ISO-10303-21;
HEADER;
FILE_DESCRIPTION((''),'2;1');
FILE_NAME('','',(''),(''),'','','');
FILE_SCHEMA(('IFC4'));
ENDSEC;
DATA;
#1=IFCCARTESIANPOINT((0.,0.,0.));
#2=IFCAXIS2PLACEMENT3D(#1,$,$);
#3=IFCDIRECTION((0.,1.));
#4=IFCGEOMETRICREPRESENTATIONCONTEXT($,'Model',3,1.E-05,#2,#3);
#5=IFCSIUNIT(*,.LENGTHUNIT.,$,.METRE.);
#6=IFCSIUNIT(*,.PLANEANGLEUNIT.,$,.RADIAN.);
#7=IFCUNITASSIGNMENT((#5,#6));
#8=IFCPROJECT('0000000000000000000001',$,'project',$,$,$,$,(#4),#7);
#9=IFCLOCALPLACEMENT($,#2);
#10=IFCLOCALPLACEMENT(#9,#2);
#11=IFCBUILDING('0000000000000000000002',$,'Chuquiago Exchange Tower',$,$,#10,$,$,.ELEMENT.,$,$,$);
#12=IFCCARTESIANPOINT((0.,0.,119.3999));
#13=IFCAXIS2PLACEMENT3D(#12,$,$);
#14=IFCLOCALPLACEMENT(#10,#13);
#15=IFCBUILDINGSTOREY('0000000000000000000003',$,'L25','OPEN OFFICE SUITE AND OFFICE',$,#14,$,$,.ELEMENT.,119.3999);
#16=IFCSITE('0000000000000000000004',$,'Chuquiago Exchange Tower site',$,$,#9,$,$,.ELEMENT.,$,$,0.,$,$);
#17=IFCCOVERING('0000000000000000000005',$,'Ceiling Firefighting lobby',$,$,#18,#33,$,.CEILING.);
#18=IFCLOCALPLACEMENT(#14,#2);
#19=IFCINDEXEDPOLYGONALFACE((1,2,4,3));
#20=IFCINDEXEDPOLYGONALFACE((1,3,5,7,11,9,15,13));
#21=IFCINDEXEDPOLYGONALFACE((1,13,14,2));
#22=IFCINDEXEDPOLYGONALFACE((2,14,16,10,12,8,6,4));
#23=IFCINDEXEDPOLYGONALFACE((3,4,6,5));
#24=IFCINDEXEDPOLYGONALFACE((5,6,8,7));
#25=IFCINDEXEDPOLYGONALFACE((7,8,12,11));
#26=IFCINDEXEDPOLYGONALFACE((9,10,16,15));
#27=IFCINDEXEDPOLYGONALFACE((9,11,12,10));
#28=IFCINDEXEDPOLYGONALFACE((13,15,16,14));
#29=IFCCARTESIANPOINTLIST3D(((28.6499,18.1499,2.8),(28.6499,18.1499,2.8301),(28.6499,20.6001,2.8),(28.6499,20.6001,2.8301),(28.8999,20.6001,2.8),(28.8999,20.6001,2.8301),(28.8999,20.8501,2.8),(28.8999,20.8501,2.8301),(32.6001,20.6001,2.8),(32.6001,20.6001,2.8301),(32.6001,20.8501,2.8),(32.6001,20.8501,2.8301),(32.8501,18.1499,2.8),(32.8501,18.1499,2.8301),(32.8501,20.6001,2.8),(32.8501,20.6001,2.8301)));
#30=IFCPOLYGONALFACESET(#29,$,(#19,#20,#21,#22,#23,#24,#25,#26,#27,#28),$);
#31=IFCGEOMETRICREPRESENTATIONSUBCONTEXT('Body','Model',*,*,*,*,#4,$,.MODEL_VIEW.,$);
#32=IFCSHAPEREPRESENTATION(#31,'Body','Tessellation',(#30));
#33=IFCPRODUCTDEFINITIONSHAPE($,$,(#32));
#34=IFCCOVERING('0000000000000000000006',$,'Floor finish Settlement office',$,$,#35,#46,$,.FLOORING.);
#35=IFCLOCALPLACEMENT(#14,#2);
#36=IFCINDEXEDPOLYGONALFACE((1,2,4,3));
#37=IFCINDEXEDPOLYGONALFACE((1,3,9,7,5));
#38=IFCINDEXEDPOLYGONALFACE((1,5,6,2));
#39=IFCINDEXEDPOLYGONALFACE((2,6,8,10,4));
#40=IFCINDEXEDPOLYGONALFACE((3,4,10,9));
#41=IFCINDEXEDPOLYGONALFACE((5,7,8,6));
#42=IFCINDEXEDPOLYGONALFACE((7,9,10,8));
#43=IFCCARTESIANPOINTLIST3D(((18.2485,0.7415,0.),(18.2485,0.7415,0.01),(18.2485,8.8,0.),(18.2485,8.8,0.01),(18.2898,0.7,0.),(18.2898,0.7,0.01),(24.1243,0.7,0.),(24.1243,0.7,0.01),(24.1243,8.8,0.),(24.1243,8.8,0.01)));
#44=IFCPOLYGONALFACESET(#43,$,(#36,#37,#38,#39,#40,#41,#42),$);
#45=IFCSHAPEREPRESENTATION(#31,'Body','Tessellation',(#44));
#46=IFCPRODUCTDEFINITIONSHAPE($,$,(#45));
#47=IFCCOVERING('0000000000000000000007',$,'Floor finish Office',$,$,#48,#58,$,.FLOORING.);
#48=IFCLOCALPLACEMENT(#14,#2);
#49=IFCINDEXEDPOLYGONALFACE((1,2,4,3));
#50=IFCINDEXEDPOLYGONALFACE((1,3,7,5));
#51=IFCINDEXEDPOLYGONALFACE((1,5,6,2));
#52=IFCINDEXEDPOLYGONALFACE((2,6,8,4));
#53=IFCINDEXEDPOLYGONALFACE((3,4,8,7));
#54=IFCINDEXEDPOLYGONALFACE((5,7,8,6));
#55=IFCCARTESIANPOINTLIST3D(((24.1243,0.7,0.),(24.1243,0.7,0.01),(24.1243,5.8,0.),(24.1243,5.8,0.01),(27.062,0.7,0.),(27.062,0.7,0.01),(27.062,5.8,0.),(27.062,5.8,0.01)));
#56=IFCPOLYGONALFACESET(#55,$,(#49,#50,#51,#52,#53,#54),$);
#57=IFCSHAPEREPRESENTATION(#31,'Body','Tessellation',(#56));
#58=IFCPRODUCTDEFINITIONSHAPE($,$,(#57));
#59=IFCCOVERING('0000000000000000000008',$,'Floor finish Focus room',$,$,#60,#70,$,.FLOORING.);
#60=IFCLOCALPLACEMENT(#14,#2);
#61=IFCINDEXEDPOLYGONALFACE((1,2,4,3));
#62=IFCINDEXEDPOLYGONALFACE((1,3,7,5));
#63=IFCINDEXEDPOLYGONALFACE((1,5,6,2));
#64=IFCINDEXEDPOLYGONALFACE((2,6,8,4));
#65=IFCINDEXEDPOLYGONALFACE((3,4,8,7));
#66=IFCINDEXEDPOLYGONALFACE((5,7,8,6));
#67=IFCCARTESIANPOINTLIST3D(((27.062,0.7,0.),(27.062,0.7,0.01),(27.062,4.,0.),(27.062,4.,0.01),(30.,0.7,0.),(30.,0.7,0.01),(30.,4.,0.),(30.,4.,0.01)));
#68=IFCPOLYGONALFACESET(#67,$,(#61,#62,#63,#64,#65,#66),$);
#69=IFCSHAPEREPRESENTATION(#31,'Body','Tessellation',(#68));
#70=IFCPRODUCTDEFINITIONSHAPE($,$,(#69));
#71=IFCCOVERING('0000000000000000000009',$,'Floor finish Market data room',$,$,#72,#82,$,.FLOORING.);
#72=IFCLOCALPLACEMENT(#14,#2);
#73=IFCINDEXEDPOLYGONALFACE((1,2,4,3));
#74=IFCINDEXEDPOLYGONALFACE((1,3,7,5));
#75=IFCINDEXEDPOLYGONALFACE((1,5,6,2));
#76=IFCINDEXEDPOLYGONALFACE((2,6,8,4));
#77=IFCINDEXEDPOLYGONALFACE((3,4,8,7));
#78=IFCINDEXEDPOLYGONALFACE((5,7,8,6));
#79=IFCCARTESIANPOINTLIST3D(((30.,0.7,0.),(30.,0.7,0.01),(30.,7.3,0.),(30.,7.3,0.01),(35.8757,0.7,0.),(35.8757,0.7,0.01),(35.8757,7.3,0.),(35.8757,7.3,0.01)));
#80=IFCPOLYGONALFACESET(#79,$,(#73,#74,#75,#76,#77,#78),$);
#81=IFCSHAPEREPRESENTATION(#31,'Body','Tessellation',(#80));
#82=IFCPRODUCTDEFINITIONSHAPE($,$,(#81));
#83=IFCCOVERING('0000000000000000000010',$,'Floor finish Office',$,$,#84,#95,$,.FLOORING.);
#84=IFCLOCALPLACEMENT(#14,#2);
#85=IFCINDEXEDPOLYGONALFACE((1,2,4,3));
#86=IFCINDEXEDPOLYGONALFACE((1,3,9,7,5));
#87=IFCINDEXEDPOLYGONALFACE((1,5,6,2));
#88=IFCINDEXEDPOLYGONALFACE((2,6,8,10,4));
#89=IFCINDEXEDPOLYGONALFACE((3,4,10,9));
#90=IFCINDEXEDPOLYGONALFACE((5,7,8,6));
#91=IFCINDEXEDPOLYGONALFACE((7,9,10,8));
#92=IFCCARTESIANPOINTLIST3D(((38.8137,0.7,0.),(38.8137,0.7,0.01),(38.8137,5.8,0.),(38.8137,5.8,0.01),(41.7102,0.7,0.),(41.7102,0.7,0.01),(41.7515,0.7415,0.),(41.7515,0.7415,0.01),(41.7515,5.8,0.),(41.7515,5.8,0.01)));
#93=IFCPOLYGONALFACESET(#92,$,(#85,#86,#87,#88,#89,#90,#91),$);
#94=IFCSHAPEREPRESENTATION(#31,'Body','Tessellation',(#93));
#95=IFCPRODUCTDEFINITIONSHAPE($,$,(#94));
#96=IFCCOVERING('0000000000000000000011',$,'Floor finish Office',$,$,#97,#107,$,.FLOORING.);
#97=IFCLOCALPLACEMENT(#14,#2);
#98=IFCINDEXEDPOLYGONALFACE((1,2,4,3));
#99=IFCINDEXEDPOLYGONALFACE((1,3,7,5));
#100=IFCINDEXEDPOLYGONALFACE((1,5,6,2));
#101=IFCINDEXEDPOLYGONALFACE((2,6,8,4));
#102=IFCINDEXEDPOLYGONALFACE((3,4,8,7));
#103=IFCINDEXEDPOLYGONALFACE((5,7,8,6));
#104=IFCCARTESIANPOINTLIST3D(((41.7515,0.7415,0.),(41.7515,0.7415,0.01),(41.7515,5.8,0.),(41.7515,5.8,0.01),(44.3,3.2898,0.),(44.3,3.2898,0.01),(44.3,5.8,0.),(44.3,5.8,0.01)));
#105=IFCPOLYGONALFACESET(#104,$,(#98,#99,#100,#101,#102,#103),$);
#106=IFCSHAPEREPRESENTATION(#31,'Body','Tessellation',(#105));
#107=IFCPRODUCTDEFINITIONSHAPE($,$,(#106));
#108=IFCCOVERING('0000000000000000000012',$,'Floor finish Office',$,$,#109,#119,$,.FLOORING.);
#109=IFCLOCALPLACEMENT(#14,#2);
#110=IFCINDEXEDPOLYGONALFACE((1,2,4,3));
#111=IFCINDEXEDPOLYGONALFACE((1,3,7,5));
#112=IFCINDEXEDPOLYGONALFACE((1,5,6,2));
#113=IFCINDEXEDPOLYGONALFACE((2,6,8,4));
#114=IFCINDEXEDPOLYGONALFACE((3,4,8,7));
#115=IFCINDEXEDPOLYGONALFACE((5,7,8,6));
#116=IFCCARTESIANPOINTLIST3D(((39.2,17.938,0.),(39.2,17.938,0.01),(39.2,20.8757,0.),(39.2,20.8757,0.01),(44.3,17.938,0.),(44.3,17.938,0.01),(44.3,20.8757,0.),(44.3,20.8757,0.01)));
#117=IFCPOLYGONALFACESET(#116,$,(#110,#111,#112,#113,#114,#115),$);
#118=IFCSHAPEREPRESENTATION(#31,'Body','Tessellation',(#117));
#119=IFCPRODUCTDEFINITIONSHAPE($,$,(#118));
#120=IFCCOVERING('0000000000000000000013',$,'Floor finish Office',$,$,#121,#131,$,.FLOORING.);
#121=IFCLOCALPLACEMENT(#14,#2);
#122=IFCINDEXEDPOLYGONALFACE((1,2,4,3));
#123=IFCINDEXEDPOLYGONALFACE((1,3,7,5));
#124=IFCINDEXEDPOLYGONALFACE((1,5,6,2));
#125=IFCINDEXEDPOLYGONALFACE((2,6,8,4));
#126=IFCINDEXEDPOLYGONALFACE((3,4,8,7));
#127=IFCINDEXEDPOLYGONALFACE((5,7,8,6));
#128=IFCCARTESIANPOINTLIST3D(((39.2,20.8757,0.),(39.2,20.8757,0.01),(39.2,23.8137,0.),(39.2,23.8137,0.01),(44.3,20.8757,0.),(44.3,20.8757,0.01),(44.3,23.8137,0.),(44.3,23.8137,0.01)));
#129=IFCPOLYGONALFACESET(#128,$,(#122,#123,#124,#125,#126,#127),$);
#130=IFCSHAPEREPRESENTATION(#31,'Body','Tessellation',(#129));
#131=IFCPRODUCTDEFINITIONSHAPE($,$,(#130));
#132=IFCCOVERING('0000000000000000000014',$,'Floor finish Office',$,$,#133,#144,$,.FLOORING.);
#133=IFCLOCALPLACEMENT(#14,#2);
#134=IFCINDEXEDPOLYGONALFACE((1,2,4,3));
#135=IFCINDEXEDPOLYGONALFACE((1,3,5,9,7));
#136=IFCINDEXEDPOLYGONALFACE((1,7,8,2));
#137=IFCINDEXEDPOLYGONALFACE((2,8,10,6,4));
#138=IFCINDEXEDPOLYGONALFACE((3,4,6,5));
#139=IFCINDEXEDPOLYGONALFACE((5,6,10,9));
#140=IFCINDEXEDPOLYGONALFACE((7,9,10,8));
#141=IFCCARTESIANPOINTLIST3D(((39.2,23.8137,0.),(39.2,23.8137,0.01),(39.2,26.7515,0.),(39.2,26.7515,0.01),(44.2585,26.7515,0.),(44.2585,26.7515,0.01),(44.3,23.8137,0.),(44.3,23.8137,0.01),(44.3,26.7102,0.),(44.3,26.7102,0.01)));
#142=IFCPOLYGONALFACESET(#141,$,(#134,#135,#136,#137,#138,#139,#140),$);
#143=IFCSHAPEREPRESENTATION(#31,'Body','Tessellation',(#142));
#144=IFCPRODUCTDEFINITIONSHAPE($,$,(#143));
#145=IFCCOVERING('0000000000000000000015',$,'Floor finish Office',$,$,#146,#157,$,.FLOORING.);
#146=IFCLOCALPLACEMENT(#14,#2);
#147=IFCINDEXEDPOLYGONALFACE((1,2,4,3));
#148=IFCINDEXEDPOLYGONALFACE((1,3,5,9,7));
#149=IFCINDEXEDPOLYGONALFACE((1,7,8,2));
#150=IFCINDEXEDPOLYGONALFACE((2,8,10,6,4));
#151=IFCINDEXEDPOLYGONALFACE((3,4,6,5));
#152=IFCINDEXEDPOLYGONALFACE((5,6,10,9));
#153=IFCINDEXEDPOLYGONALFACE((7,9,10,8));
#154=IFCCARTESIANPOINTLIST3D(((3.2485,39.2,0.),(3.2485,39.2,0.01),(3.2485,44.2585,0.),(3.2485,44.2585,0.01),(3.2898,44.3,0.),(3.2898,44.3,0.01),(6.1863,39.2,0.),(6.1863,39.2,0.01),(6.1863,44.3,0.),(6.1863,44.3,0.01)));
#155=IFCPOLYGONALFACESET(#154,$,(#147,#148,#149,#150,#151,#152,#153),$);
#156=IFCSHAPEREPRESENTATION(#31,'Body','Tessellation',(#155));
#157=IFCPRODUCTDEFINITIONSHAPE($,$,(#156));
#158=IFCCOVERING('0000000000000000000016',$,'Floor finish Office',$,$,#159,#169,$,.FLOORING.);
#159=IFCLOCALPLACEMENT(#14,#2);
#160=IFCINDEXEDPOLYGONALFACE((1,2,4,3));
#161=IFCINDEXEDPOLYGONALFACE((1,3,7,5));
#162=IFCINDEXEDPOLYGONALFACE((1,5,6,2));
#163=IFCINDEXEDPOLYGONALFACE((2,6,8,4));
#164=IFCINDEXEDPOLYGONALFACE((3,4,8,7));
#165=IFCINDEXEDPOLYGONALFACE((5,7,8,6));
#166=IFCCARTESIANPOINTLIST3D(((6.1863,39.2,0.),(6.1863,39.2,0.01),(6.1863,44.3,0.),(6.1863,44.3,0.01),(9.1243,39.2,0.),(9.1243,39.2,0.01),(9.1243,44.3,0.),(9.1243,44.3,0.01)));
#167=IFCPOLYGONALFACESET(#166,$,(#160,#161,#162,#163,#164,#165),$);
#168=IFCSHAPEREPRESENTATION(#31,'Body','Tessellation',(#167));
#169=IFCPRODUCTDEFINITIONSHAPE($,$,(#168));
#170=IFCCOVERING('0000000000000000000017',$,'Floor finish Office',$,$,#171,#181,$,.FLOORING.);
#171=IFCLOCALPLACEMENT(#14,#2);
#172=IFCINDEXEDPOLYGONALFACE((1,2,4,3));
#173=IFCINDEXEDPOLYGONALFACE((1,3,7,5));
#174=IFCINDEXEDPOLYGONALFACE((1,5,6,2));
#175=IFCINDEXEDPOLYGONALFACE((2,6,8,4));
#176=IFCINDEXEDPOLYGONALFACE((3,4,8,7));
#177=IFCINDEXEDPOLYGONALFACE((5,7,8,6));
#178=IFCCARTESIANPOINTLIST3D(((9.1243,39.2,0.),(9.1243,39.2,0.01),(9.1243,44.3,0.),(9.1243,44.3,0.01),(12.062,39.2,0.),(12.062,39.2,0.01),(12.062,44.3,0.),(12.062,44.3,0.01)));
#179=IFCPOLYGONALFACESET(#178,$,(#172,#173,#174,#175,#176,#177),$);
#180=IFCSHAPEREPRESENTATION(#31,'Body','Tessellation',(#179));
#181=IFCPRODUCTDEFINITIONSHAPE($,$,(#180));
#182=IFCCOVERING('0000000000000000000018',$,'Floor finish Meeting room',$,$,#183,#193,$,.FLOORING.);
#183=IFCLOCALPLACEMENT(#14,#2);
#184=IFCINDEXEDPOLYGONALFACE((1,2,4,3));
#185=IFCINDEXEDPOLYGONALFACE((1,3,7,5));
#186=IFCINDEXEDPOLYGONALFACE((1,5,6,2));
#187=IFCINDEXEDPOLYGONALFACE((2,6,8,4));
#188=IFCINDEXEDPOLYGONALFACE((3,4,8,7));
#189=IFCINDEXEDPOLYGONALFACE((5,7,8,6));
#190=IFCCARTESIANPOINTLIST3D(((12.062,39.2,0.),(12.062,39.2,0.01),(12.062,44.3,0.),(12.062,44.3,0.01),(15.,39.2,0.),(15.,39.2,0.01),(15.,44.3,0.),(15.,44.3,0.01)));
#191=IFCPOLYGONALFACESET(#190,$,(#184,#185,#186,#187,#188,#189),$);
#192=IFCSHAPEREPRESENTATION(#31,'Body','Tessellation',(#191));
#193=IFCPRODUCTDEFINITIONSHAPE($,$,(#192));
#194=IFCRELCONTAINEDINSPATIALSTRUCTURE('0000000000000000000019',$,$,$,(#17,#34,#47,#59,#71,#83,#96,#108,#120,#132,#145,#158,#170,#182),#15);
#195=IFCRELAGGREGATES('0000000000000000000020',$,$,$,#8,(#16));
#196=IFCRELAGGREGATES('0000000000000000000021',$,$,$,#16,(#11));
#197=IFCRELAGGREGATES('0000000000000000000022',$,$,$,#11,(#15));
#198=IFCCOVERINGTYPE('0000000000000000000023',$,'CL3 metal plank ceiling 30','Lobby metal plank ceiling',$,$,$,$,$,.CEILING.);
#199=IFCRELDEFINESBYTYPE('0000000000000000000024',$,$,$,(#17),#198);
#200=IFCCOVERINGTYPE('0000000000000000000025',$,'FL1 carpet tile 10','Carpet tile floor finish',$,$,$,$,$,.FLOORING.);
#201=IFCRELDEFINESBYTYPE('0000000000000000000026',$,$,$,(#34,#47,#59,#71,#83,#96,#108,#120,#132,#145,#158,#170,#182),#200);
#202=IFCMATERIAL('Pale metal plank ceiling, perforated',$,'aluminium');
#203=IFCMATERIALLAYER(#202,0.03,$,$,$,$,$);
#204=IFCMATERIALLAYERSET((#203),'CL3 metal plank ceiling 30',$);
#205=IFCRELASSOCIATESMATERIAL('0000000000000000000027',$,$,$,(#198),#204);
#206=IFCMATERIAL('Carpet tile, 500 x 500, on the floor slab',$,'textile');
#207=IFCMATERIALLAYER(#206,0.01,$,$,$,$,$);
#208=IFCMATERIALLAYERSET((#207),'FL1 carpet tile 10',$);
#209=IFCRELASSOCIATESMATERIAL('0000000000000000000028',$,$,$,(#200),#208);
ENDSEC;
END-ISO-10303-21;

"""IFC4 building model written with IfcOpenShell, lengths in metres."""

from ifc_helpers import new_model, si_unit, direction, frame, origin, place, context, subcontext, project, spatial, polyline, outline, extrude, material, layer, layer_set, type_object, element, save


model = new_model("IFC4")

# Units and contexts
model_context = context("Model", 3, precision=1e-05, world=origin(), true_north=direction((0.0, 1.0)))
body_context = subcontext(model_context, "Body", "Model", "MODEL_VIEW")
ifc_project = project(units=[si_unit("LENGTHUNIT", "METRE"), si_unit("PLANEANGLEUNIT", "RADIAN")], contexts=[model_context])

# Site, building, storey
site_placement = place(None, origin())
site = spatial("IfcSite", under=ifc_project, at=site_placement, Name="Chuquiago Exchange Tower site", CompositionType="ELEMENT", RefElevation=0.0)
building_placement = place(site_placement, origin())
building = spatial("IfcBuilding", under=site, at=building_placement, Name="Chuquiago Exchange Tower", CompositionType="ELEMENT")
storey_placement = place(building_placement, frame((0.0, 0.0, 119.3999)))
storey = spatial("IfcBuildingStorey", under=building, at=storey_placement, Name="L25", Description="OPEN OFFICE SUITE AND OFFICE", CompositionType="ELEMENT", Elevation=119.3999)

# Coverings
ifc_material_1 = material(Name="Pale metal plank ceiling, perforated", Category="aluminium")
ifc_layer_1 = layer(ifc_material_1, 0.03)
ifc_layer_set_1 = layer_set([ifc_layer_1], Name="CL3 metal plank ceiling 30")
covering_type_1 = type_object("IfcCoveringType", Name="CL3 metal plank ceiling 30", Description="Lobby metal plank ceiling", PredefinedType="CEILING", material=ifc_layer_set_1)
covering_1_placement = place(storey_placement, frame((0.0, 0.0, 2.8)))
element("IfcCovering", 1, at=covering_1_placement, inside=storey, type_object=covering_type_1, Name="Ceiling Firefighting lobby", PredefinedType="CEILING", context=body_context, shape_type="SweptSolid", body=[
    extrude(outline(polyline([(28.6499, 18.1499), (28.6499, 20.6001), (28.8999, 20.6001), (28.8999, 20.8501), (32.6001, 20.8501), (32.6001, 20.6001), (32.8501, 20.6001), (32.8501, 18.1499), (28.6499, 18.1499)])), origin(), (0.0, 0.0, 1.0), 0.03),
])
ifc_material_2 = material(Name="Carpet tile, 500 x 500, on the floor slab", Category="textile")
ifc_layer_2 = layer(ifc_material_2, 0.01)
ifc_layer_set_2 = layer_set([ifc_layer_2], Name="FL1 carpet tile 10")
covering_type_2 = type_object("IfcCoveringType", Name="FL1 carpet tile 10", Description="Carpet tile floor finish", PredefinedType="FLOORING", material=ifc_layer_set_2)
covering_2_placement = place(storey_placement, origin())
element("IfcCovering", 2, at=covering_2_placement, inside=storey, type_object=covering_type_2, Name="Floor finish Settlement office", PredefinedType="FLOORING", context=body_context, shape_type="SweptSolid", body=[
    extrude(outline(polyline([(18.2898, 0.7), (18.2485, 0.7415), (18.2485, 8.8), (24.1243, 8.8), (24.1243, 0.7), (18.2898, 0.7)])), origin(), (0.0, 0.0, 1.0), 0.01),
])
covering_3_placement = place(storey_placement, origin())
element("IfcCovering", 3, at=covering_3_placement, inside=storey, type_object=covering_type_2, Name="Floor finish Office", PredefinedType="FLOORING", context=body_context, shape_type="SweptSolid", body=[
    extrude(outline(polyline([(24.1243, 0.7), (24.1243, 5.8), (27.062, 5.8), (27.062, 0.7), (24.1243, 0.7)])), origin(), (0.0, 0.0, 1.0), 0.01),
])
covering_4_placement = place(storey_placement, origin())
element("IfcCovering", 4, at=covering_4_placement, inside=storey, type_object=covering_type_2, Name="Floor finish Focus room", PredefinedType="FLOORING", context=body_context, shape_type="SweptSolid", body=[
    extrude(outline(polyline([(27.062, 0.7), (27.062, 4.0), (30.0, 4.0), (30.0, 0.7), (27.062, 0.7)])), origin(), (0.0, 0.0, 1.0), 0.01),
])
covering_5_placement = place(storey_placement, origin())
element("IfcCovering", 5, at=covering_5_placement, inside=storey, type_object=covering_type_2, Name="Floor finish Market data room", PredefinedType="FLOORING", context=body_context, shape_type="SweptSolid", body=[
    extrude(outline(polyline([(30.0, 0.7), (30.0, 7.3), (35.8757, 7.3), (35.8757, 0.7), (30.0, 0.7)])), origin(), (0.0, 0.0, 1.0), 0.01),
])
covering_6_placement = place(storey_placement, origin())
element("IfcCovering", 6, at=covering_6_placement, inside=storey, type_object=covering_type_2, Name="Floor finish Office", PredefinedType="FLOORING", context=body_context, shape_type="SweptSolid", body=[
    extrude(outline(polyline([(41.7102, 0.7), (38.8137, 0.7), (38.8137, 5.8), (41.7515, 5.8), (41.7515, 0.7415), (41.7102, 0.7)])), origin(), (0.0, 0.0, 1.0), 0.01),
])
covering_7_placement = place(storey_placement, origin())
element("IfcCovering", 7, at=covering_7_placement, inside=storey, type_object=covering_type_2, Name="Floor finish Office", PredefinedType="FLOORING", context=body_context, shape_type="SweptSolid", body=[
    extrude(outline(polyline([(44.3, 3.2898), (41.7515, 0.7415), (41.7515, 5.8), (44.3, 5.8), (44.3, 3.2898)])), origin(), (0.0, 0.0, 1.0), 0.01),
])
covering_8_placement = place(storey_placement, origin())
element("IfcCovering", 8, at=covering_8_placement, inside=storey, type_object=covering_type_2, Name="Floor finish Office", PredefinedType="FLOORING", context=body_context, shape_type="SweptSolid", body=[
    extrude(outline(polyline([(44.3, 17.938), (39.2, 17.938), (39.2, 20.8757), (44.3, 20.8757), (44.3, 17.938)])), origin(), (0.0, 0.0, 1.0), 0.01),
])
covering_9_placement = place(storey_placement, origin())
element("IfcCovering", 9, at=covering_9_placement, inside=storey, type_object=covering_type_2, Name="Floor finish Office", PredefinedType="FLOORING", context=body_context, shape_type="SweptSolid", body=[
    extrude(outline(polyline([(44.3, 20.8757), (39.2, 20.8757), (39.2, 23.8137), (44.3, 23.8137), (44.3, 20.8757)])), origin(), (0.0, 0.0, 1.0), 0.01),
])
covering_10_placement = place(storey_placement, origin())
element("IfcCovering", 10, at=covering_10_placement, inside=storey, type_object=covering_type_2, Name="Floor finish Office", PredefinedType="FLOORING", context=body_context, shape_type="SweptSolid", body=[
    extrude(outline(polyline([(44.3, 26.7102), (44.3, 23.8137), (39.2, 23.8137), (39.2, 26.7515), (44.2585, 26.7515), (44.3, 26.7102)])), origin(), (0.0, 0.0, 1.0), 0.01),
])
covering_11_placement = place(storey_placement, origin())
element("IfcCovering", 11, at=covering_11_placement, inside=storey, type_object=covering_type_2, Name="Floor finish Office", PredefinedType="FLOORING", context=body_context, shape_type="SweptSolid", body=[
    extrude(outline(polyline([(3.2898, 44.3), (6.1863, 44.3), (6.1863, 39.2), (3.2485, 39.2), (3.2485, 44.2585), (3.2898, 44.3)])), origin(), (0.0, 0.0, 1.0), 0.01),
])
covering_12_placement = place(storey_placement, origin())
element("IfcCovering", 12, at=covering_12_placement, inside=storey, type_object=covering_type_2, Name="Floor finish Office", PredefinedType="FLOORING", context=body_context, shape_type="SweptSolid", body=[
    extrude(outline(polyline([(9.1243, 44.3), (9.1243, 39.2), (6.1863, 39.2), (6.1863, 44.3), (9.1243, 44.3)])), origin(), (0.0, 0.0, 1.0), 0.01),
])
covering_13_placement = place(storey_placement, origin())
element("IfcCovering", 13, at=covering_13_placement, inside=storey, type_object=covering_type_2, Name="Floor finish Office", PredefinedType="FLOORING", context=body_context, shape_type="SweptSolid", body=[
    extrude(outline(polyline([(12.062, 44.3), (12.062, 39.2), (9.1243, 39.2), (9.1243, 44.3), (12.062, 44.3)])), origin(), (0.0, 0.0, 1.0), 0.01),
])
covering_14_placement = place(storey_placement, origin())
element("IfcCovering", 14, at=covering_14_placement, inside=storey, type_object=covering_type_2, Name="Floor finish Meeting room", PredefinedType="FLOORING", context=body_context, shape_type="SweptSolid", body=[
    extrude(outline(polyline([(15.0, 44.3), (15.0, 39.2), (12.062, 39.2), (12.062, 44.3), (15.0, 44.3)])), origin(), (0.0, 0.0, 1.0), 0.01),
])

save(model, "model.ifc")
